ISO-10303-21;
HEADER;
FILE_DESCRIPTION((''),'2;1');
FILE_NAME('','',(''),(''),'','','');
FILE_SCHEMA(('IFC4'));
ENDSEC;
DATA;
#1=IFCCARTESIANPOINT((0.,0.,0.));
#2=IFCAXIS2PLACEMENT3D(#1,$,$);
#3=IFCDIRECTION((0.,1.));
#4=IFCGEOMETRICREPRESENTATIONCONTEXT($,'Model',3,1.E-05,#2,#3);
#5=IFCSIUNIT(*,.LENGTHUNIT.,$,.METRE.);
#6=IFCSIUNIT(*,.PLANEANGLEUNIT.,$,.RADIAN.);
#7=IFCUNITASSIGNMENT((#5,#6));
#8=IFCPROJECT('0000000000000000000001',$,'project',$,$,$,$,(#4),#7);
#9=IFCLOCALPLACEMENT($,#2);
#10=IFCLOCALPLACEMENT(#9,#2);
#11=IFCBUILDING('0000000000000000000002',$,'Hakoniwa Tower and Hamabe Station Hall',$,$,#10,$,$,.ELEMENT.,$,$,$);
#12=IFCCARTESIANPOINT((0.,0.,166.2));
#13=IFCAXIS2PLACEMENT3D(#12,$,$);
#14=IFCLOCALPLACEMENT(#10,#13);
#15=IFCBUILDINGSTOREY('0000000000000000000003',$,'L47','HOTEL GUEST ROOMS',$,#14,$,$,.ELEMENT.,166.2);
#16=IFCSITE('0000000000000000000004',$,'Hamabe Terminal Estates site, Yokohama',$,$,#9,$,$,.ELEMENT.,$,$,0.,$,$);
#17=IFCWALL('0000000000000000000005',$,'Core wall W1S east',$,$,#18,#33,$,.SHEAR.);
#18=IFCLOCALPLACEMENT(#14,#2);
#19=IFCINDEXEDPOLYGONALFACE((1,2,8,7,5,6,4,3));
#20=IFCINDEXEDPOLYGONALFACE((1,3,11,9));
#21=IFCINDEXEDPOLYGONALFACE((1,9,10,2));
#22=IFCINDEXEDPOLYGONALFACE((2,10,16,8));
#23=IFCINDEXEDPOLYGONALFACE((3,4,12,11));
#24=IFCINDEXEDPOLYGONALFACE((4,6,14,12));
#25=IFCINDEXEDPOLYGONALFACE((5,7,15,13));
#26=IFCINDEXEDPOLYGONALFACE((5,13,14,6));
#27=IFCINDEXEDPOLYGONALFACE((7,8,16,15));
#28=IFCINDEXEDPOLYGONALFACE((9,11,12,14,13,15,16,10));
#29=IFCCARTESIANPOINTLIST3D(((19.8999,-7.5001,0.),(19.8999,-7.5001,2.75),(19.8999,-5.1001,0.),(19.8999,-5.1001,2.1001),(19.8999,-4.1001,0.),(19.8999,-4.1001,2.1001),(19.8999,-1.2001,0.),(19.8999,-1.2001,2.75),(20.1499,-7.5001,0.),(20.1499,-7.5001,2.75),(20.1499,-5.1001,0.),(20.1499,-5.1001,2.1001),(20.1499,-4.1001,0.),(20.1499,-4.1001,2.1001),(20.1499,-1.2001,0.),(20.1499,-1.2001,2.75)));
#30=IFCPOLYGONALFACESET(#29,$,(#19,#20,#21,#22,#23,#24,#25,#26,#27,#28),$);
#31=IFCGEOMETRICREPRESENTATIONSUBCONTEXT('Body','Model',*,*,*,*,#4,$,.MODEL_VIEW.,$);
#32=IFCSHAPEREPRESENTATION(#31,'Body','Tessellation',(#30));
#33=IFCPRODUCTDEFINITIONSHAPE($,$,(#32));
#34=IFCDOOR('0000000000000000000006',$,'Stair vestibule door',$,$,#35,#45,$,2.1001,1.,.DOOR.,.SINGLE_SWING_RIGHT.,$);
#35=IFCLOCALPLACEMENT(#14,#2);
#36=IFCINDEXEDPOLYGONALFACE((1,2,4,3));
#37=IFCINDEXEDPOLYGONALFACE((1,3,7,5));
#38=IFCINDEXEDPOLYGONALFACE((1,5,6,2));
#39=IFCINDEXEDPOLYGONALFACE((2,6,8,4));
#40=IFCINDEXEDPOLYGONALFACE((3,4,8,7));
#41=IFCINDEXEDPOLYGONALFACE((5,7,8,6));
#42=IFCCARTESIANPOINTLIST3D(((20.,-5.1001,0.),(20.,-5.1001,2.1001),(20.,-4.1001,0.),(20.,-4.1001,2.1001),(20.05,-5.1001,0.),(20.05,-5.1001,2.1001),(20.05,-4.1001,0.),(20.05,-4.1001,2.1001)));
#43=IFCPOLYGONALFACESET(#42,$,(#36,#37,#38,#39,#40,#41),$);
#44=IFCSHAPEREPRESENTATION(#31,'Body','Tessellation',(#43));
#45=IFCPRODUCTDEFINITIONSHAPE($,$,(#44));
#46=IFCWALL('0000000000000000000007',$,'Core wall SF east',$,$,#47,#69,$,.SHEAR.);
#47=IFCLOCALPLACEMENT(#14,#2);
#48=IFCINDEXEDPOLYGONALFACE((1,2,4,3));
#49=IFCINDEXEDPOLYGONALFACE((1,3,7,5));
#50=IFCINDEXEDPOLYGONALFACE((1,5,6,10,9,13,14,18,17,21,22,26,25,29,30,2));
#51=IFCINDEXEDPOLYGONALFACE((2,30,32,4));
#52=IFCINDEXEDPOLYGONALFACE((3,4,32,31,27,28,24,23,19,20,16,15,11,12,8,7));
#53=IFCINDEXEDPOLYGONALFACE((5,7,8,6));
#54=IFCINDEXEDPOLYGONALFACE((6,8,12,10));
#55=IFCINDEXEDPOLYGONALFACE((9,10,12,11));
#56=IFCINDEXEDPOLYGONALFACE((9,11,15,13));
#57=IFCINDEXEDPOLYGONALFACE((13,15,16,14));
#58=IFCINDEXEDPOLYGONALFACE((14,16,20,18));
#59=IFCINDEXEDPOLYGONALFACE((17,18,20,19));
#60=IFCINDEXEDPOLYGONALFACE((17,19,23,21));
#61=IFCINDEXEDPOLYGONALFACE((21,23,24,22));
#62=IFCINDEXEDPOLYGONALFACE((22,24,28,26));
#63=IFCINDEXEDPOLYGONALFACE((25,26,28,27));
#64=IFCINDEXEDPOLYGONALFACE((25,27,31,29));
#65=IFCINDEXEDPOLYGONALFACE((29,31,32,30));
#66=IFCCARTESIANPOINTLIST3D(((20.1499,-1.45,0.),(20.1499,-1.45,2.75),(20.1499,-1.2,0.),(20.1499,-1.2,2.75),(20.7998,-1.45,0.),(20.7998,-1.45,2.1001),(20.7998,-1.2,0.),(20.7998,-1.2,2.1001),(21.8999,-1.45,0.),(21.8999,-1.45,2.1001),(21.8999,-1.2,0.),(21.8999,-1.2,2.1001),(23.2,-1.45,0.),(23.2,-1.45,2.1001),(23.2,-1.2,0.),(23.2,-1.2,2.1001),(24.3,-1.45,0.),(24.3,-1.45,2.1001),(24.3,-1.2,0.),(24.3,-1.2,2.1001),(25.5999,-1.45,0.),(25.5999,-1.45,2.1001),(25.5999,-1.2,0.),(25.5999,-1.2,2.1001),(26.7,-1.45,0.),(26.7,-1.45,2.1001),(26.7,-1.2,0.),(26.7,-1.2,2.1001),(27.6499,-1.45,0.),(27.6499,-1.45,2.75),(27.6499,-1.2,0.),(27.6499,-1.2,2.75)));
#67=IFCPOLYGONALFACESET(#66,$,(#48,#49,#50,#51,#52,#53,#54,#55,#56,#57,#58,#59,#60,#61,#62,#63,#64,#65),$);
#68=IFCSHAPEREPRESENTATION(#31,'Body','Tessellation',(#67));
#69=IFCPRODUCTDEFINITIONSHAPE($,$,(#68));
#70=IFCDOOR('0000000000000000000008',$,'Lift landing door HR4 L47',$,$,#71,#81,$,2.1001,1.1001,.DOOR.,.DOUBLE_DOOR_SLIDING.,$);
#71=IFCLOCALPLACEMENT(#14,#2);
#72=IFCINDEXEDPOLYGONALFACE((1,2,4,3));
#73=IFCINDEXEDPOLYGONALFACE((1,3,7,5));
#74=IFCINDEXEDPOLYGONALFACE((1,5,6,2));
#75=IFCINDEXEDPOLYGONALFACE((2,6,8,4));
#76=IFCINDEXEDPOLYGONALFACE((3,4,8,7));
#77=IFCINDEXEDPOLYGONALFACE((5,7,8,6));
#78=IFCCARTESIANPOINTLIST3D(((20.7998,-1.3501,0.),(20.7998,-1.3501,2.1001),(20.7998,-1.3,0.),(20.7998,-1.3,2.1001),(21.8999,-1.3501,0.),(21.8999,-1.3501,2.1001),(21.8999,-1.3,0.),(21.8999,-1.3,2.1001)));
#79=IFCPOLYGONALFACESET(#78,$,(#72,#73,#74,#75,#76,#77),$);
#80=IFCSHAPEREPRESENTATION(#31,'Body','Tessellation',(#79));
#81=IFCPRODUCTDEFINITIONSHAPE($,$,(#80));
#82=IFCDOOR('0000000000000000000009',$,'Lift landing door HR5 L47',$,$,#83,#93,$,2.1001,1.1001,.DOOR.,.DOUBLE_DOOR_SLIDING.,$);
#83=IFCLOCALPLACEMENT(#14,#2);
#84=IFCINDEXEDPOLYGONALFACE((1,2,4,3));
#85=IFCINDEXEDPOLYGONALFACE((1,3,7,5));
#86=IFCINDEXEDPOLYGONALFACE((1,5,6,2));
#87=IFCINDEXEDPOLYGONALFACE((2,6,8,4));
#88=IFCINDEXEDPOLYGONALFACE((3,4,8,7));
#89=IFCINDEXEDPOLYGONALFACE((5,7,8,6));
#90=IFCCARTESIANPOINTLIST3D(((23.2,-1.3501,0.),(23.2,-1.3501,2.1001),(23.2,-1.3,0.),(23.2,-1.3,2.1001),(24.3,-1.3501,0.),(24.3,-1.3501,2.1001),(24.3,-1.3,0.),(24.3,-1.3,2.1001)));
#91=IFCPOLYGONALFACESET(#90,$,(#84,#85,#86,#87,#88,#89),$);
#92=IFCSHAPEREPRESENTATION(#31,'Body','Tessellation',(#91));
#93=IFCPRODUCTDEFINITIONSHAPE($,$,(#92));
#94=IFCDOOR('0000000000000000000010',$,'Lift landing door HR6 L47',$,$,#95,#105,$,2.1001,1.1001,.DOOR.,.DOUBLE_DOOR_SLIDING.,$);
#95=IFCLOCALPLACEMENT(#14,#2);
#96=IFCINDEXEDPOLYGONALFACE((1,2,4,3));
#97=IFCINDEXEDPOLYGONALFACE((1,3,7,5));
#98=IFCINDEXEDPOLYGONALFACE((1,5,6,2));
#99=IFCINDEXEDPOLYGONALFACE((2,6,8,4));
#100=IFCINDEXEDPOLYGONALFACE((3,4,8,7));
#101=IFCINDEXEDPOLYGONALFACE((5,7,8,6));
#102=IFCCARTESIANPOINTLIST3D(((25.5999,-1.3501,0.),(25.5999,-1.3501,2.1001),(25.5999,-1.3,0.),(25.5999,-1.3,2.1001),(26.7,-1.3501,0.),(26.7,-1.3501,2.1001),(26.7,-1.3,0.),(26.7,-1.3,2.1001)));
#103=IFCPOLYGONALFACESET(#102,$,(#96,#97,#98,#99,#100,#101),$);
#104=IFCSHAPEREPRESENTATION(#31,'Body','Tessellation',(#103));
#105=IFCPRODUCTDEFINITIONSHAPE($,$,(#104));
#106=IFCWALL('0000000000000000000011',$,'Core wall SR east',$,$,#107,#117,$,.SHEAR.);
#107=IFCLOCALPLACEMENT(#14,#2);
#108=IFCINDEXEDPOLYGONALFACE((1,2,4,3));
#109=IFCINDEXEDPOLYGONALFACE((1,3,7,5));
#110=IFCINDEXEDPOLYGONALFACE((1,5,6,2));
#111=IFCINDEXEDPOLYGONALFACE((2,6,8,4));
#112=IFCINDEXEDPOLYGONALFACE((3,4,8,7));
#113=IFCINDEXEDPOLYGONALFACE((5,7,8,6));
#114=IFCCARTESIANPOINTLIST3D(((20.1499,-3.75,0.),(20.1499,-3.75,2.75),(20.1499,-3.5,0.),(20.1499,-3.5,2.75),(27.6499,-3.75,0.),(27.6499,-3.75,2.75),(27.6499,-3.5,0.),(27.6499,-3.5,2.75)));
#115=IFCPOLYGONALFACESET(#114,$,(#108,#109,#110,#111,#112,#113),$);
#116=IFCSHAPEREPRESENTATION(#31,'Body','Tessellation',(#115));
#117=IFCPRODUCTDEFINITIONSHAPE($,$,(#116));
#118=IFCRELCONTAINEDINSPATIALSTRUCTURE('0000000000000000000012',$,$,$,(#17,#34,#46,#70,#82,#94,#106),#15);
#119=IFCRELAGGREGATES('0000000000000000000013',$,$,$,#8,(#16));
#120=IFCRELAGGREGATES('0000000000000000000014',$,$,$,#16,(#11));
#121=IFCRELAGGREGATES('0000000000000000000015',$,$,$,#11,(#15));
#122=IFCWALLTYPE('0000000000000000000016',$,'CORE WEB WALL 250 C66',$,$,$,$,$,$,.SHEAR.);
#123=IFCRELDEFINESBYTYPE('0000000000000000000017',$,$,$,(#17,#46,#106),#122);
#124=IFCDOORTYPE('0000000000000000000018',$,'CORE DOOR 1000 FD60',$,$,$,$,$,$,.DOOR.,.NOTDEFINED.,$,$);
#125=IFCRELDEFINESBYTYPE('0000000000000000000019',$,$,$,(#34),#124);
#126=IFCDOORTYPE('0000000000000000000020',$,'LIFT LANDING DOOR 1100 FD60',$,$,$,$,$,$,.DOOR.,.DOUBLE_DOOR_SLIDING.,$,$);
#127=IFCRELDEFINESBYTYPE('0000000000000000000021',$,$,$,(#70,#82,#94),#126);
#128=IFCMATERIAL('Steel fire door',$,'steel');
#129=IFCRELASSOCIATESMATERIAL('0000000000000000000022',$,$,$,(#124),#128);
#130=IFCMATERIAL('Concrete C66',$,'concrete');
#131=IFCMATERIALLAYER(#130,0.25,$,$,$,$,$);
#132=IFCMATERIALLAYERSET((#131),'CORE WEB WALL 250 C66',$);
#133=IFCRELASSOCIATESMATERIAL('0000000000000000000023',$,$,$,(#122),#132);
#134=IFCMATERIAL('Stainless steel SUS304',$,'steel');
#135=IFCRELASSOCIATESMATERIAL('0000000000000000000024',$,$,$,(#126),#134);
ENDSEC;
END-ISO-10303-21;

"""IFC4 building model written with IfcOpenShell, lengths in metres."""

from ifc_helpers import new_model, si_unit, direction, frame, frame_2d, origin, place, context, subcontext, project, spatial, rectangle, extrude, material, layer, layer_set, type_object, element, fill, save


model = new_model("IFC4")

# Units and contexts
model_context = context("Model", 3, precision=1e-05, world=origin(), true_north=direction((0.0, 1.0)))
body_context = subcontext(model_context, "Body", "Model", "MODEL_VIEW")
ifc_project = project(units=[si_unit("LENGTHUNIT", "METRE"), si_unit("PLANEANGLEUNIT", "RADIAN")], contexts=[model_context])

# Site, building, storey
site_placement = place(None, origin())
site = spatial("IfcSite", under=ifc_project, at=site_placement, Name="Hamabe Terminal Estates site, Yokohama", CompositionType="ELEMENT", RefElevation=0.0)
building_placement = place(site_placement, origin())
building = spatial("IfcBuilding", under=site, at=building_placement, Name="Hakoniwa Tower and Hamabe Station Hall", CompositionType="ELEMENT")
storey_placement = place(building_placement, frame((0.0, 0.0, 166.2)))
storey = spatial("IfcBuildingStorey", under=building, at=storey_placement, Name="L47", Description="HOTEL GUEST ROOMS", CompositionType="ELEMENT", Elevation=166.2)

# Wall, opening, door
ifc_material_1 = material(Name="Steel fire door", Category="steel")
door_type_1 = type_object("IfcDoorType", Name="CORE DOOR 1000 FD60", OperationType="NOTDEFINED", PredefinedType="DOOR", material=ifc_material_1)
ifc_material_2 = material(Name="Concrete C66", Category="concrete")
ifc_layer_1 = layer(ifc_material_2, 0.25)
ifc_layer_set_1 = layer_set([ifc_layer_1], Name="CORE WEB WALL 250 C66")
wall_type_1 = type_object("IfcWallType", Name="CORE WEB WALL 250 C66", PredefinedType="SHEAR", material=ifc_layer_set_1)
wall_1_placement = place(storey_placement, frame((20.0249, -7.5, 0.0), z_axis=(0.0, 0.0, 1.0), x_axis=(0.0, 1.0, 0.0)))
wall_1 = element("IfcWall", 1, at=wall_1_placement, inside=storey, type_object=wall_type_1, Name="Core wall W1S east", PredefinedType="SHEAR", context=body_context, shape_type="SweptSolid", body=[
    extrude(rectangle(XDim=6.3, YDim=0.25, at=frame_2d((3.1499, 0.0))), origin(), (0.0, 0.0, 1.0), 2.75),
])
opening_1_placement = place(wall_1_placement, frame((2.3999, 0.0, 0.0)))
opening_1 = element("IfcOpeningElement", 2, at=opening_1_placement, cuts=wall_1, PredefinedType="OPENING", context=body_context, shape_type="SweptSolid", body=[
    extrude(rectangle(XDim=1.0, YDim=2.1001, at=frame_2d((0.5, 1.05))), frame((0.0, 0.135, 0.0), z_axis=(0.0, -1.0, 0.0), x_axis=(1.0, 0.0, 0.0)), (0.0, 0.0, 1.0), 0.27),
])
door_1_placement = place(opening_1_placement, origin())
door_1 = element("IfcDoor", 3, at=door_1_placement, inside=storey, type_object=door_type_1, Name="Stair vestibule door", OperationType="SINGLE_SWING_RIGHT", OverallHeight=2.1001, OverallWidth=1.0, PredefinedType="DOOR", context=body_context, shape_type="SweptSolid", body=[
    extrude(rectangle(XDim=1.0, YDim=2.1001, at=frame_2d((0.5, 1.05))), frame((0.0, 0.0249, 0.0), z_axis=(0.0, -1.0, 0.0), x_axis=(1.0, 0.0, 0.0)), (0.0, 0.0, 1.0), 0.05),
])
fill(opening_1, door_1)

# Wall, openings, doors
wall_2_placement = place(storey_placement, frame((20.1499, -1.325, 0.0), z_axis=(0.0, 0.0, 1.0), x_axis=(1.0, 0.0, 0.0)))
wall_2 = element("IfcWall", 4, at=wall_2_placement, inside=storey, type_object=wall_type_1, Name="Core wall SF east", PredefinedType="SHEAR", context=body_context, shape_type="SweptSolid", body=[
    extrude(rectangle(XDim=7.5, YDim=0.25, at=frame_2d((3.75, 0.0))), origin(), (0.0, 0.0, 1.0), 2.75),
])
opening_2_placement = place(wall_2_placement, frame((0.6499, 0.0, 0.0)))
opening_2 = element("IfcOpeningElement", 5, at=opening_2_placement, cuts=wall_2, PredefinedType="OPENING", context=body_context, shape_type="SweptSolid", body=[
    extrude(rectangle(XDim=1.1001, YDim=2.1001, at=frame_2d((0.55, 1.05))), frame((0.0, 0.135, 0.0), z_axis=(0.0, -1.0, 0.0), x_axis=(1.0, 0.0, 0.0)), (0.0, 0.0, 1.0), 0.27),
])
opening_3_placement = place(wall_2_placement, frame((3.05, 0.0, 0.0)))
opening_3 = element("IfcOpeningElement", 6, at=opening_3_placement, cuts=wall_2, PredefinedType="OPENING", context=body_context, shape_type="SweptSolid", body=[
    extrude(rectangle(XDim=1.1001, YDim=2.1001, at=frame_2d((0.55, 1.05))), frame((0.0, 0.135, 0.0), z_axis=(0.0, -1.0, 0.0), x_axis=(1.0, 0.0, 0.0)), (0.0, 0.0, 1.0), 0.27),
])
opening_4_placement = place(wall_2_placement, frame((5.45, 0.0, 0.0)))
opening_4 = element("IfcOpeningElement", 7, at=opening_4_placement, cuts=wall_2, PredefinedType="OPENING", context=body_context, shape_type="SweptSolid", body=[
    extrude(rectangle(XDim=1.1001, YDim=2.1001, at=frame_2d((0.55, 1.05))), frame((0.0, 0.135, 0.0), z_axis=(0.0, -1.0, 0.0), x_axis=(1.0, 0.0, 0.0)), (0.0, 0.0, 1.0), 0.27),
])
ifc_material_3 = material(Name="Stainless steel SUS304", Category="steel")
door_type_2 = type_object("IfcDoorType", Name="LIFT LANDING DOOR 1100 FD60", OperationType="DOUBLE_DOOR_SLIDING", PredefinedType="DOOR", material=ifc_material_3)
door_2_placement = place(opening_2_placement, origin())
door_2 = element("IfcDoor", 8, at=door_2_placement, inside=storey, type_object=door_type_2, Name="Lift landing door HR4 L47", OperationType="DOUBLE_DOOR_SLIDING", OverallHeight=2.1001, OverallWidth=1.1001, PredefinedType="DOOR", context=body_context, shape_type="SweptSolid", body=[
    extrude(rectangle(XDim=1.1001, YDim=2.1001, at=frame_2d((0.55, 1.05))), frame((0.0, 0.0249, 0.0), z_axis=(0.0, -1.0, 0.0), x_axis=(1.0, 0.0, 0.0)), (0.0, 0.0, 1.0), 0.05),
])
fill(opening_2, door_2)
door_3_placement = place(opening_3_placement, origin())
door_3 = element("IfcDoor", 9, at=door_3_placement, inside=storey, type_object=door_type_2, Name="Lift landing door HR5 L47", OperationType="DOUBLE_DOOR_SLIDING", OverallHeight=2.1001, OverallWidth=1.1001, PredefinedType="DOOR", context=body_context, shape_type="SweptSolid", body=[
    extrude(rectangle(XDim=1.1001, YDim=2.1001, at=frame_2d((0.55, 1.05))), frame((0.0, 0.0249, 0.0), z_axis=(0.0, -1.0, 0.0), x_axis=(1.0, 0.0, 0.0)), (0.0, 0.0, 1.0), 0.05),
])
fill(opening_3, door_3)
door_4_placement = place(opening_4_placement, origin())
door_4 = element("IfcDoor", 10, at=door_4_placement, inside=storey, type_object=door_type_2, Name="Lift landing door HR6 L47", OperationType="DOUBLE_DOOR_SLIDING", OverallHeight=2.1001, OverallWidth=1.1001, PredefinedType="DOOR", context=body_context, shape_type="SweptSolid", body=[
    extrude(rectangle(XDim=1.1001, YDim=2.1001, at=frame_2d((0.55, 1.05))), frame((0.0, 0.0249, 0.0), z_axis=(0.0, -1.0, 0.0), x_axis=(1.0, 0.0, 0.0)), (0.0, 0.0, 1.0), 0.05),
])
fill(opening_4, door_4)

# Wall
wall_3_placement = place(storey_placement, frame((20.1499, -3.625, 0.0), z_axis=(0.0, 0.0, 1.0), x_axis=(1.0, 0.0, 0.0)))
element("IfcWall", 11, at=wall_3_placement, inside=storey, type_object=wall_type_1, Name="Core wall SR east", PredefinedType="SHEAR", context=body_context, shape_type="SweptSolid", body=[
    extrude(rectangle(XDim=7.5, YDim=0.25, at=frame_2d((3.75, 0.0))), origin(), (0.0, 0.0, 1.0), 2.75),
])

save(model, "model.ifc")
